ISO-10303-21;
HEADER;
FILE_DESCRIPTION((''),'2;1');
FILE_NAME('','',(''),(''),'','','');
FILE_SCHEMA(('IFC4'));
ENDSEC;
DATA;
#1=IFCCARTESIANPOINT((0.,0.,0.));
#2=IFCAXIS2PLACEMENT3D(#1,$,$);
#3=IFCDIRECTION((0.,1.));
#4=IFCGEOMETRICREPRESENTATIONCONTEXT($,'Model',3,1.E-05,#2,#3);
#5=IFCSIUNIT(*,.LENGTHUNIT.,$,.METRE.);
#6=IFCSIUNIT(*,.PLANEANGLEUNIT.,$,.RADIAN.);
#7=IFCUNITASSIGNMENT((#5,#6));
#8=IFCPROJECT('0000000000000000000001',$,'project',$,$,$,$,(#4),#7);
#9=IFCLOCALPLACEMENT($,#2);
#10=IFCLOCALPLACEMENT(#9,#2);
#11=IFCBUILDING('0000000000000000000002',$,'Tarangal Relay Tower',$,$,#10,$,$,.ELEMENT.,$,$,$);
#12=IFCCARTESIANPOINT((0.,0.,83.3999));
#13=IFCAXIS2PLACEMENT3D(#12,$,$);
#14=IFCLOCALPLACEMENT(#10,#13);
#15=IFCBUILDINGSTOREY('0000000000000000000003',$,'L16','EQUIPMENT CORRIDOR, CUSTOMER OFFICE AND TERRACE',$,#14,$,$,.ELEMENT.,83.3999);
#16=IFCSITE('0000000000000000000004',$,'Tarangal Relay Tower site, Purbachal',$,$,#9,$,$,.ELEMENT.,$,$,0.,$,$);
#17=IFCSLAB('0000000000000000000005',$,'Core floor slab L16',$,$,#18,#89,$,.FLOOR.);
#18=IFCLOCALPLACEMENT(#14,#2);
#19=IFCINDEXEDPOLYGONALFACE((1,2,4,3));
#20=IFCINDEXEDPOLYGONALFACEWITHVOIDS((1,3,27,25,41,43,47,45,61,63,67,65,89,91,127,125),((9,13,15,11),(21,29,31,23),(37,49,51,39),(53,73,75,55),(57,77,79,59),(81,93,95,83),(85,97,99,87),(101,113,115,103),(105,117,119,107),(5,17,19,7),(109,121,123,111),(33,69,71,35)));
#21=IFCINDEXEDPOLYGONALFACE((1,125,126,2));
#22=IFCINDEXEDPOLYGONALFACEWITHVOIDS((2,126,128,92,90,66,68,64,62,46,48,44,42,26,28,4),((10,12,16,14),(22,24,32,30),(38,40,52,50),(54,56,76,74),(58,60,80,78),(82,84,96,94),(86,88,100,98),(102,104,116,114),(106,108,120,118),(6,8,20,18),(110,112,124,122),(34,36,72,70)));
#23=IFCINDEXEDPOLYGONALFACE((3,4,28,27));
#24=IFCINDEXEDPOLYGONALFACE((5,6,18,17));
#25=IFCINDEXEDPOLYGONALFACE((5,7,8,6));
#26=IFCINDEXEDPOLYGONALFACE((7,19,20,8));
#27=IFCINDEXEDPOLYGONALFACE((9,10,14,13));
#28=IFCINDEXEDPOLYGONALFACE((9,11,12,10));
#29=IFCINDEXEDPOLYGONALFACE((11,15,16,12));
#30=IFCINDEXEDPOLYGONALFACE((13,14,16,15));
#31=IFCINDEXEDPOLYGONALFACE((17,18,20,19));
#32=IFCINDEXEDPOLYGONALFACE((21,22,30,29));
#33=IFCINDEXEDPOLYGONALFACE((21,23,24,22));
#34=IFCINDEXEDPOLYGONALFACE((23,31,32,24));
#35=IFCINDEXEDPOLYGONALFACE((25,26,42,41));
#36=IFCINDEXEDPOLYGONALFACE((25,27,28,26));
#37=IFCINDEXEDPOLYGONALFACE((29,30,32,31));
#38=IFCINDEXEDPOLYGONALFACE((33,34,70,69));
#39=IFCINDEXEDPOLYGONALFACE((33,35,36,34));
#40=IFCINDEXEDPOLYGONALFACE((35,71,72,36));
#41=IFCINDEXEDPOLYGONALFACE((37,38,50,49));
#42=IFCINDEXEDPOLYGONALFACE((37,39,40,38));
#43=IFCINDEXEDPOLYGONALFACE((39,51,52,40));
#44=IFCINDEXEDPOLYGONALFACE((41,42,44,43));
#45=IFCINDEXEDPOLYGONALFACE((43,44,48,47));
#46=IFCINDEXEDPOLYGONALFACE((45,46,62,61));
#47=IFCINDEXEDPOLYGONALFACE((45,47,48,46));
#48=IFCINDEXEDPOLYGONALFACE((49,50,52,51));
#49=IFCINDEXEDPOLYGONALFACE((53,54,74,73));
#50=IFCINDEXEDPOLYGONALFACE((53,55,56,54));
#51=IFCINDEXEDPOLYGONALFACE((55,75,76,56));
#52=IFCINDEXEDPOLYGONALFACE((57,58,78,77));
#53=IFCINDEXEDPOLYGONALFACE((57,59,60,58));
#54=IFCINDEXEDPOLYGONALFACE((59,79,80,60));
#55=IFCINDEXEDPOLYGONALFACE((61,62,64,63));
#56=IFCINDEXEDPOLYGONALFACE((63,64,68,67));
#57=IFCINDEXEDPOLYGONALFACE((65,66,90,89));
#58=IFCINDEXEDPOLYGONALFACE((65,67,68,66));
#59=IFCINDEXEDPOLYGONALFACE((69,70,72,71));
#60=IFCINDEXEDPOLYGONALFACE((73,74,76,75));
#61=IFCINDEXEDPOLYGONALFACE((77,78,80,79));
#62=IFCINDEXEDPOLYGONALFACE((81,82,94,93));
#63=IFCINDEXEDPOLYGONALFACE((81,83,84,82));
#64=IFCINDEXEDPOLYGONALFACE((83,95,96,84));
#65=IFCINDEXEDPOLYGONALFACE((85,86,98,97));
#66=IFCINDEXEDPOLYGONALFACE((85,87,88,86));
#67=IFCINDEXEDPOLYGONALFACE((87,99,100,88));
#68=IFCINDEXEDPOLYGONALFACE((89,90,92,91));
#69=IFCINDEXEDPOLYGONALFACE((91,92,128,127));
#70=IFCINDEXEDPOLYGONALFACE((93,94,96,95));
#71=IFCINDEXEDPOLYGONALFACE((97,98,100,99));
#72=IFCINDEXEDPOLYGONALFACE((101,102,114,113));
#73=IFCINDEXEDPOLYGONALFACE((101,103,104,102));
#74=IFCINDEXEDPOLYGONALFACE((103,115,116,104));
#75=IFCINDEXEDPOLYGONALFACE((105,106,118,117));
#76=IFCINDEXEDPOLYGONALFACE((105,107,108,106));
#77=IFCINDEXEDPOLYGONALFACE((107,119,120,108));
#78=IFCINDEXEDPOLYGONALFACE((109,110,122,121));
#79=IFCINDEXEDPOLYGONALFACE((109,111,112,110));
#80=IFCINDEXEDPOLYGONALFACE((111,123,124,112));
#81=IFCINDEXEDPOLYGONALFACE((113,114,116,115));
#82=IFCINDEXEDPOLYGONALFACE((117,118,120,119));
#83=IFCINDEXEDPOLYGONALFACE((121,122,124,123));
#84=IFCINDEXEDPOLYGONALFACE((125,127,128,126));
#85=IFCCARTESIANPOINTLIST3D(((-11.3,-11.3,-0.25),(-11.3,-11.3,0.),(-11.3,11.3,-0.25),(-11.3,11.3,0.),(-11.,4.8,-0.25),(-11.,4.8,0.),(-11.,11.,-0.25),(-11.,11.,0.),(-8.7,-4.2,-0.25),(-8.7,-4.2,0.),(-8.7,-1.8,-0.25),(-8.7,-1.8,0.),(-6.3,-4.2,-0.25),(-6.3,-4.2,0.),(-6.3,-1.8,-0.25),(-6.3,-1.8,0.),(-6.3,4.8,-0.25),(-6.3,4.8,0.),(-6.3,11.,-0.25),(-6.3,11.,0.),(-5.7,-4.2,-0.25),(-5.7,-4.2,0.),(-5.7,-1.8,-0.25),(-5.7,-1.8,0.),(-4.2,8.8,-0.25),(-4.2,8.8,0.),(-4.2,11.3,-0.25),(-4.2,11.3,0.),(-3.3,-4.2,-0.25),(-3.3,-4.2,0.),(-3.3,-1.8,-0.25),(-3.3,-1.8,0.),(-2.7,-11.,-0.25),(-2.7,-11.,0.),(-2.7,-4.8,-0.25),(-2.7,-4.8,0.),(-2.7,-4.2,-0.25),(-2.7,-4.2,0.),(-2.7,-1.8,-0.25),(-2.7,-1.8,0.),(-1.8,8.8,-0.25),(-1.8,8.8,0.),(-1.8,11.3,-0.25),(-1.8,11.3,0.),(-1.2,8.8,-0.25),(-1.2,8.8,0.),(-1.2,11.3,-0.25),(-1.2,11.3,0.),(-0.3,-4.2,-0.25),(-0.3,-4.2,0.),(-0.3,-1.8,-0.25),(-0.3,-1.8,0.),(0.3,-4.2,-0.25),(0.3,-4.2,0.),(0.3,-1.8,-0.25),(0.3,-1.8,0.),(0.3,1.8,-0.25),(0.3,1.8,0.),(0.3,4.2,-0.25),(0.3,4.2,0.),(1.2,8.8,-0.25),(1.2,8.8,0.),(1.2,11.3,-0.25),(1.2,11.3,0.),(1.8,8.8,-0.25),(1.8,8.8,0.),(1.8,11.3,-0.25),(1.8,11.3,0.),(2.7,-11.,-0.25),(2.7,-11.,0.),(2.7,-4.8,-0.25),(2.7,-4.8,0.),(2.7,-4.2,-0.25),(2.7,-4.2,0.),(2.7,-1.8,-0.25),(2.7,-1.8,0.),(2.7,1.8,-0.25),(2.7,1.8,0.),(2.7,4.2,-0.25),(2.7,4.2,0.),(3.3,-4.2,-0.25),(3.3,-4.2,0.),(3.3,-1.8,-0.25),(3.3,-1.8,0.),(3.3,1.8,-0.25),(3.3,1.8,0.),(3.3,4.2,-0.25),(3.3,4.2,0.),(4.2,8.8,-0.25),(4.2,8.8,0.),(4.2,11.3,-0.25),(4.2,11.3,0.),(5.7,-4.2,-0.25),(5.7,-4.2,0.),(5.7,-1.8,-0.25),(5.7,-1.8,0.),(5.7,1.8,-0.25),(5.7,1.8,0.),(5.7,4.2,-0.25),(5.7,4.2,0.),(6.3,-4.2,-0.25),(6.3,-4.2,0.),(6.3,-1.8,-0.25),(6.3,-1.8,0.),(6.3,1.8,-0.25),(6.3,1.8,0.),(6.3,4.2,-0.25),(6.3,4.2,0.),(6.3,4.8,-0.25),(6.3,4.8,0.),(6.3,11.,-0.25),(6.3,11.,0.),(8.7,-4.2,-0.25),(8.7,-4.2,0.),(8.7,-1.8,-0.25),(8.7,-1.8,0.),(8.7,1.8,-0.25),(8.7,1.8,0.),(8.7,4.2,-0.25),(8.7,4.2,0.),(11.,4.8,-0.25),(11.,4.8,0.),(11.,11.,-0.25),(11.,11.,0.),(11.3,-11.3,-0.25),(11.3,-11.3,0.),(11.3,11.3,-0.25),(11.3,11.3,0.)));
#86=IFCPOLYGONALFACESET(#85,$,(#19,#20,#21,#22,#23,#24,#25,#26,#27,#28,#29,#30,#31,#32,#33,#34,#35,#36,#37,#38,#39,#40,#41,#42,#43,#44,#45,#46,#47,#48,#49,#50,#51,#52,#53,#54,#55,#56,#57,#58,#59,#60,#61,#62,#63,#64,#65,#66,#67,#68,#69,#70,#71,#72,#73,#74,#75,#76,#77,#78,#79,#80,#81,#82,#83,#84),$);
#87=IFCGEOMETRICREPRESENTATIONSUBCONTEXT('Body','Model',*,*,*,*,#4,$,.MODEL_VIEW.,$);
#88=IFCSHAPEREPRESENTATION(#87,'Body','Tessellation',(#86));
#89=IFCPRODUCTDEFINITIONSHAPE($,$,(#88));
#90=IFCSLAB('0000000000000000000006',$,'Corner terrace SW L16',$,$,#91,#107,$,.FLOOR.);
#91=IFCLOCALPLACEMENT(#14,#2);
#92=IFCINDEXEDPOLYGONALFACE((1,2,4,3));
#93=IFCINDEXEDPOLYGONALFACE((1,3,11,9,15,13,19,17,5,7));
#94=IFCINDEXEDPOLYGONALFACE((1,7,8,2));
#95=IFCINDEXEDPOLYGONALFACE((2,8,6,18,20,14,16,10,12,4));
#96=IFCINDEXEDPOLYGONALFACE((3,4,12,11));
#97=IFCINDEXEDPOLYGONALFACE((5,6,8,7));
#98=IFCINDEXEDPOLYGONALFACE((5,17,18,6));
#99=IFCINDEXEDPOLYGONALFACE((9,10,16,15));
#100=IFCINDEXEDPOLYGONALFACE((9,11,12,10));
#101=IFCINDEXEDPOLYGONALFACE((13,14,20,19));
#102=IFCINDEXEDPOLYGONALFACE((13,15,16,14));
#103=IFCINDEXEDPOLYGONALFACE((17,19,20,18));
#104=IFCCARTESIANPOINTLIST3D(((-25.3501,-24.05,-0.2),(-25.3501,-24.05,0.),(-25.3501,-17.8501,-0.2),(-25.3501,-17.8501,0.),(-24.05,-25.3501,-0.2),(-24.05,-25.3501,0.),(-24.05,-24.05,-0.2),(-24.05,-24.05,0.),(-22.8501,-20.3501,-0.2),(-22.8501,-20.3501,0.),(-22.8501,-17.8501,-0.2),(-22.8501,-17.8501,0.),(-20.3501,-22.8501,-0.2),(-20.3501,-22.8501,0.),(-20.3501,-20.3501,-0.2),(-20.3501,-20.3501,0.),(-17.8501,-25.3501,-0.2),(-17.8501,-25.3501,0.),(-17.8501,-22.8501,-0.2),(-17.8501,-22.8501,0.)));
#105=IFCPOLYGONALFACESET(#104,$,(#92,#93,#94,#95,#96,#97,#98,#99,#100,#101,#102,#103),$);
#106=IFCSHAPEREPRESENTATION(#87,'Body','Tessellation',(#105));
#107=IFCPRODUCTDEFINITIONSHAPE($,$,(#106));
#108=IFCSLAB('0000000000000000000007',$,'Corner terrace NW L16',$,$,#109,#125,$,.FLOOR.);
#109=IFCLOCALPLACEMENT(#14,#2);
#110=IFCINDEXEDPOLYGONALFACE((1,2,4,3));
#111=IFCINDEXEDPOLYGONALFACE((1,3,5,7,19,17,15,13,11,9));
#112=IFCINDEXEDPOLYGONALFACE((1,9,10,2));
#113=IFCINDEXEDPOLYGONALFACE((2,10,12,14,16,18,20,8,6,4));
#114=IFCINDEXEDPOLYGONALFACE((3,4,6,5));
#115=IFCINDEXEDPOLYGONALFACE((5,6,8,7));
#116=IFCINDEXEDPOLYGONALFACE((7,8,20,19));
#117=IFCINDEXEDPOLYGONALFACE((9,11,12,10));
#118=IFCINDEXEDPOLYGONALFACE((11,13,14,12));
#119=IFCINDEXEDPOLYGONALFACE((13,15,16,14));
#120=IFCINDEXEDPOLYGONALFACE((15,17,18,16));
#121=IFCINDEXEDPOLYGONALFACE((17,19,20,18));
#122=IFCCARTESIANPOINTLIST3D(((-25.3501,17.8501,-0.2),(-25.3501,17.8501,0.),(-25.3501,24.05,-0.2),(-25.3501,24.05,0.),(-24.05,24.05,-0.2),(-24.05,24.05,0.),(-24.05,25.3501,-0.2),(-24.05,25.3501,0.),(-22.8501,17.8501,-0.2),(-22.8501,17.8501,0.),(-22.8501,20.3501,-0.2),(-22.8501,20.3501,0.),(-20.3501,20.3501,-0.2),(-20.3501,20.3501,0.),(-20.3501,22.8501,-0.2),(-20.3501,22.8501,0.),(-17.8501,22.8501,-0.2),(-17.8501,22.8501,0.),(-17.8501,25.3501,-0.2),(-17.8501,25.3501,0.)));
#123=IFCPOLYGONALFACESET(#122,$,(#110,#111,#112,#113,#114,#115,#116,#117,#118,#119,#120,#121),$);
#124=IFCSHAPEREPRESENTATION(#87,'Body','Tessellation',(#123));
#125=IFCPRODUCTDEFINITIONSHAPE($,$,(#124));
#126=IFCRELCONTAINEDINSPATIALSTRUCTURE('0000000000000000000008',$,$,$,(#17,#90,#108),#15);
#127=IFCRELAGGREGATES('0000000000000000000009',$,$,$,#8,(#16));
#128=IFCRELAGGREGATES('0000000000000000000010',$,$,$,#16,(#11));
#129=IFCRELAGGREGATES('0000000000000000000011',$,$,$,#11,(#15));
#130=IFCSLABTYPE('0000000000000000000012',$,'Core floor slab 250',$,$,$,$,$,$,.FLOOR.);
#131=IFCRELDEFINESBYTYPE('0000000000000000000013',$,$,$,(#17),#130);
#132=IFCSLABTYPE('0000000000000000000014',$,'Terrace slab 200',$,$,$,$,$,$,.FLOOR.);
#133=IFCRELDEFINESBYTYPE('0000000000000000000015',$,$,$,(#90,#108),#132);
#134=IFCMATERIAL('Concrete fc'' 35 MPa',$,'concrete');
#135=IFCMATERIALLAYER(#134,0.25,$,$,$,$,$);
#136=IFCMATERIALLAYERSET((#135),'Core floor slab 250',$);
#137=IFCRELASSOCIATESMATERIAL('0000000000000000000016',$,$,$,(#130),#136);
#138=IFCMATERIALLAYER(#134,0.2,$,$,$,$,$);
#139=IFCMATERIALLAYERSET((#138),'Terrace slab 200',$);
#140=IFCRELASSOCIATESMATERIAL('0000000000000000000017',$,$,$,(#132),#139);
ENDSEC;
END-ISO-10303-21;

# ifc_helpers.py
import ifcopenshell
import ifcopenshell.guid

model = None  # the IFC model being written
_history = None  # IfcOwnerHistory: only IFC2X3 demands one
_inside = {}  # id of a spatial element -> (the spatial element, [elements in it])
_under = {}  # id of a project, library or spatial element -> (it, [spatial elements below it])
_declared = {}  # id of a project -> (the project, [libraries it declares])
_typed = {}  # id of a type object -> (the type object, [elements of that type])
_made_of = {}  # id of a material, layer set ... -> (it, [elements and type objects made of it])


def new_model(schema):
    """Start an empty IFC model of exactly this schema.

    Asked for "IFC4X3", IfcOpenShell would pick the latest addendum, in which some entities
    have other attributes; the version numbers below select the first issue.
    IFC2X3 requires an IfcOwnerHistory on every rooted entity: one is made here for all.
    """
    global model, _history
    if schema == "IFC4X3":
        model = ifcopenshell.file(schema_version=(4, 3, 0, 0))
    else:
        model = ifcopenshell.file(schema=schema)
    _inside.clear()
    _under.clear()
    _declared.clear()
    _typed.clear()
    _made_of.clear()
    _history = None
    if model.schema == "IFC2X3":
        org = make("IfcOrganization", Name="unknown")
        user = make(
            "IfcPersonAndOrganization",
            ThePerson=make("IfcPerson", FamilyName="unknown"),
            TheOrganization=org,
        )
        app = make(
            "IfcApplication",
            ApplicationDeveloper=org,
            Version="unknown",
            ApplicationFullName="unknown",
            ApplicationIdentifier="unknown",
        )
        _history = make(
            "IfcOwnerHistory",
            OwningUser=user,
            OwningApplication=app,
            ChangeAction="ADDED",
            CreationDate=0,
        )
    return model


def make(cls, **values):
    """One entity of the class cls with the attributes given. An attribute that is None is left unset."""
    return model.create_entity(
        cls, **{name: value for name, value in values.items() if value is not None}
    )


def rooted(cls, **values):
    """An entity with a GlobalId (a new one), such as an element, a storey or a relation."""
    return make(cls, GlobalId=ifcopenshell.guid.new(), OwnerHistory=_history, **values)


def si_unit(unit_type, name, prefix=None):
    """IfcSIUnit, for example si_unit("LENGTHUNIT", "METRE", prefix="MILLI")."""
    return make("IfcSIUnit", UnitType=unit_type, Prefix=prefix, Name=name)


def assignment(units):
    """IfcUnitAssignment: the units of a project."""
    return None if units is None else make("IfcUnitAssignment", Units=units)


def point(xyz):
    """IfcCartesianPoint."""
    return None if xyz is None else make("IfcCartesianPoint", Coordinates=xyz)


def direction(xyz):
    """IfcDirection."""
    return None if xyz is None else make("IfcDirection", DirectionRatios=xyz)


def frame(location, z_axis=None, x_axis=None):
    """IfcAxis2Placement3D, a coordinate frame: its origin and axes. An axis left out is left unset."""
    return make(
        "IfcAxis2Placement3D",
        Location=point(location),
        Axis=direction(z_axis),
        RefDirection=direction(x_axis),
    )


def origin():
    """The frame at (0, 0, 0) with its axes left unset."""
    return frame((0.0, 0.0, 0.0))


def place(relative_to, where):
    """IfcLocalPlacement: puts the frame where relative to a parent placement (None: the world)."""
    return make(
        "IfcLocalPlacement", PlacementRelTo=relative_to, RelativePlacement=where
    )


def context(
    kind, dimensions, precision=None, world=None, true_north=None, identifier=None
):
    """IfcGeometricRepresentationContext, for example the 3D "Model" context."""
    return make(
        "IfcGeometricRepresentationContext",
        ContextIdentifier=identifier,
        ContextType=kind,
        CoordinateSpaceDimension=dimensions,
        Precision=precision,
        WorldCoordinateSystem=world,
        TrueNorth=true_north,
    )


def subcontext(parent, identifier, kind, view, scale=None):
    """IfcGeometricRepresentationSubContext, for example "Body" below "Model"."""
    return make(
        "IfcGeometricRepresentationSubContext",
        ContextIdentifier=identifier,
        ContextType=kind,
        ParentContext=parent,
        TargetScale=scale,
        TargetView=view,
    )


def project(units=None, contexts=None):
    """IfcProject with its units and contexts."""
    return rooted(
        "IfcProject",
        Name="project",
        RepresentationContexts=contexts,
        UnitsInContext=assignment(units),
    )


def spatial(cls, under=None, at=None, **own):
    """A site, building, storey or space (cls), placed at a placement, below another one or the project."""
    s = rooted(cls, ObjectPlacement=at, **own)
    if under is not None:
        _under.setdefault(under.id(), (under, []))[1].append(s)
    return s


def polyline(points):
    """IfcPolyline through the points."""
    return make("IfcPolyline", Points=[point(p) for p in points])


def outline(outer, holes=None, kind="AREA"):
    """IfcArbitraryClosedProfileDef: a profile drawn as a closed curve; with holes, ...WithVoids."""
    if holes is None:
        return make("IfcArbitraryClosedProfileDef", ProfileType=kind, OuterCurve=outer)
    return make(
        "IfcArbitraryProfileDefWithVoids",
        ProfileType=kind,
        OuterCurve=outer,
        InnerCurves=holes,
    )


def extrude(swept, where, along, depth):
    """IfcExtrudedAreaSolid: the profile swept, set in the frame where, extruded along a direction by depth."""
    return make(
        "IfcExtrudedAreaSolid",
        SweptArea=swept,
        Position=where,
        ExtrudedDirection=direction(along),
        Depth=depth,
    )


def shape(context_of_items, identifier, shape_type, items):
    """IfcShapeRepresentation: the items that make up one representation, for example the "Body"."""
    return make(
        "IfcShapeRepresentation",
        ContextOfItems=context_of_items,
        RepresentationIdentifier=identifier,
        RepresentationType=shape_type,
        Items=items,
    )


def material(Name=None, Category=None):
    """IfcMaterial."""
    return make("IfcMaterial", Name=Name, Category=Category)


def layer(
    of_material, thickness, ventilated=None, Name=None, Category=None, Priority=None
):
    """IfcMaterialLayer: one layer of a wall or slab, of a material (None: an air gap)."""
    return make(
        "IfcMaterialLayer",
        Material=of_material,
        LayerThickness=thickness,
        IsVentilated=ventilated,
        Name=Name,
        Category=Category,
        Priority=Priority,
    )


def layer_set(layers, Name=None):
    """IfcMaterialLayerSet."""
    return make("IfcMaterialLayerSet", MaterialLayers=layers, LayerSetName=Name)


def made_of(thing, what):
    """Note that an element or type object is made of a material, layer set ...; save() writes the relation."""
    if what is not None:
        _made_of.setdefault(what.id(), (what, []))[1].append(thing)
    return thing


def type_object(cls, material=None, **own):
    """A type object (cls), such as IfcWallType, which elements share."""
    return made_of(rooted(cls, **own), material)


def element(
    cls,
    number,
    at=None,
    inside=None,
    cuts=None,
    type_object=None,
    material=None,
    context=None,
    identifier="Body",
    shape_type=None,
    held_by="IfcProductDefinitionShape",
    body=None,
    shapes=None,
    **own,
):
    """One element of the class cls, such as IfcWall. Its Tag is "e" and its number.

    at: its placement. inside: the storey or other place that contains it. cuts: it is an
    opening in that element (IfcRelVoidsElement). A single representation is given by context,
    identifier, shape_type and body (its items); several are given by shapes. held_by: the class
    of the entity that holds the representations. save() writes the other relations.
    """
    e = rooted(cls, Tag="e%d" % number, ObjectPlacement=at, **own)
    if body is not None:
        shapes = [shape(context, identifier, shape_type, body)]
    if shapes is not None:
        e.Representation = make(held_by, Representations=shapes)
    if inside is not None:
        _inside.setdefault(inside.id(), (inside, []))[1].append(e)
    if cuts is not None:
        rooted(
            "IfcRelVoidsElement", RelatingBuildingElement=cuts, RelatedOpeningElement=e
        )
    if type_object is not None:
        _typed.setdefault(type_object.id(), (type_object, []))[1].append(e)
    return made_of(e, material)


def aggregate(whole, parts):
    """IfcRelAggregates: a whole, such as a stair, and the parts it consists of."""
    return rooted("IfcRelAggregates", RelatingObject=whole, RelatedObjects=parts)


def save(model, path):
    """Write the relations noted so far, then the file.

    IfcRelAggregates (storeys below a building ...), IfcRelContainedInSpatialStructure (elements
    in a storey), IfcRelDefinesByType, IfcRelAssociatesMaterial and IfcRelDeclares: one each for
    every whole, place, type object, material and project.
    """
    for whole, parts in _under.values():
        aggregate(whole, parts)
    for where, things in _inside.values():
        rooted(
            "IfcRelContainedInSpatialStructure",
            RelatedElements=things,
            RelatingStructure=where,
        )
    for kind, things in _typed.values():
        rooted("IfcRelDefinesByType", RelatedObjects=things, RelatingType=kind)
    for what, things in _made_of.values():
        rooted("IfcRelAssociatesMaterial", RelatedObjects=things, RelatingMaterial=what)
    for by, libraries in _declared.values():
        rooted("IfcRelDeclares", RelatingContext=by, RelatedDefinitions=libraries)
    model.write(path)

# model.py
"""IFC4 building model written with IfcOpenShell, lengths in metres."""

from ifc_helpers import new_model, si_unit, direction, frame, origin, place, context, subcontext, project, spatial, polyline, outline, extrude, material, layer, layer_set, type_object, element, save


model = new_model("IFC4")

# Units and contexts
model_context = context("Model", 3, precision=1e-05, world=origin(), true_north=direction((0.0, 1.0)))
body_context = subcontext(model_context, "Body", "Model", "MODEL_VIEW")
ifc_project = project(units=[si_unit("LENGTHUNIT", "METRE"), si_unit("PLANEANGLEUNIT", "RADIAN")], contexts=[model_context])

# Site, building, storey
site_placement = place(None, origin())
site = spatial("IfcSite", under=ifc_project, at=site_placement, Name="Tarangal Relay Tower site, Purbachal", CompositionType="ELEMENT", RefElevation=0.0)
building_placement = place(site_placement, origin())
building = spatial("IfcBuilding", under=site, at=building_placement, Name="Tarangal Relay Tower", CompositionType="ELEMENT")
storey_placement = place(building_placement, frame((0.0, 0.0, 83.3999)))
storey = spatial("IfcBuildingStorey", under=building, at=storey_placement, Name="L16", Description="EQUIPMENT CORRIDOR, CUSTOMER OFFICE AND TERRACE", CompositionType="ELEMENT", Elevation=83.3999)

# Slabs
ifc_material_1 = material(Name="Concrete fc' 35 MPa", Category="concrete")
ifc_layer_1 = layer(ifc_material_1, 0.25)
ifc_layer_set_1 = layer_set([ifc_layer_1], Name="Core floor slab 250")
slab_type_1 = type_object("IfcSlabType", Name="Core floor slab 250", PredefinedType="FLOOR", material=ifc_layer_set_1)
slab_1_placement = place(storey_placement, frame((0.0, 0.0, -0.25)))
element("IfcSlab", 1, at=slab_1_placement, inside=storey, type_object=slab_type_1, Name="Core floor slab L16", PredefinedType="FLOOR", context=body_context, shape_type="SweptSolid", body=[
    extrude(outline(polyline([(11.3, 11.3), (11.3, -11.3), (-11.3, -11.3), (-11.3, 11.3), (-4.2, 11.3), (-4.2, 8.8), (-1.8, 8.8), (-1.8, 11.3), (-1.2, 11.3), (-1.2, 8.8), (1.2, 8.8), (1.2, 11.3), (1.8, 11.3), (1.8, 8.8), (4.2, 8.8), (4.2, 11.3), (11.3, 11.3)]), holes=[polyline([(2.7, -4.8), (-2.7, -4.8), (-2.7, -11.0), (2.7, -11.0), (2.7, -4.8)]), polyline([(-6.3, -4.2), (-6.3, -1.8), (-8.7, -1.8), (-8.7, -4.2), (-6.3, -4.2)]), polyline([(-3.3, -4.2), (-3.3, -1.8), (-5.7, -1.8), (-5.7, -4.2), (-3.3, -4.2)]), polyline([(-0.3, -4.2), (-0.3, -1.8), (-2.7, -1.8), (-2.7, -4.2), (-0.3, -4.2)]), polyline([(2.7, 1.8), (2.7, 4.2), (0.3, 4.2), (0.3, 1.8), (2.7, 1.8)]), polyline([(-6.3, 4.8), (-6.3, 11.0), (-11.0, 11.0), (-11.0, 4.8), (-6.3, 4.8)]), polyline([(2.7, -4.2), (2.7, -1.8), (0.3, -1.8), (0.3, -4.2), (2.7, -4.2)]), polyline([(5.7, -4.2), (5.7, -1.8), (3.3, -1.8), (3.3, -4.2), (5.7, -4.2)]), polyline([(8.7, -4.2), (8.7, -1.8), (6.3, -1.8), (6.3, -4.2), (8.7, -4.2)]), polyline([(5.7, 1.8), (5.7, 4.2), (3.3, 4.2), (3.3, 1.8), (5.7, 1.8)]), polyline([(8.7, 1.8), (8.7, 4.2), (6.3, 4.2), (6.3, 1.8), (8.7, 1.8)]), polyline([(11.0, 4.8), (11.0, 11.0), (6.3, 11.0), (6.3, 4.8), (11.0, 4.8)])]), origin(), (0.0, 0.0, 1.0), 0.25),
])
ifc_layer_2 = layer(ifc_material_1, 0.2)
ifc_layer_set_2 = layer_set([ifc_layer_2], Name="Terrace slab 200")
slab_type_2 = type_object("IfcSlabType", Name="Terrace slab 200", PredefinedType="FLOOR", material=ifc_layer_set_2)
slab_2_placement = place(storey_placement, frame((0.0, 0.0, -0.2)))
element("IfcSlab", 2, at=slab_2_placement, inside=storey, type_object=slab_type_2, Name="Corner terrace SW L16", PredefinedType="FLOOR", context=body_context, shape_type="SweptSolid", body=[
    extrude(outline(polyline([(-17.8501, -25.3501), (-17.8501, -22.8501), (-20.3501, -22.8501), (-20.3501, -20.3501), (-22.8501, -20.3501), (-22.8501, -17.8501), (-25.3501, -17.8501), (-25.3501, -24.05), (-24.05, -24.05), (-24.05, -25.3501), (-17.8501, -25.3501)])), origin(), (0.0, 0.0, 1.0), 0.2),
])
slab_3_placement = place(storey_placement, frame((0.0, 0.0, -0.2)))
element("IfcSlab", 3, at=slab_3_placement, inside=storey, type_object=slab_type_2, Name="Corner terrace NW L16", PredefinedType="FLOOR", context=body_context, shape_type="SweptSolid", body=[
    extrude(outline(polyline([(-25.3501, 17.8501), (-22.8501, 17.8501), (-22.8501, 20.3501), (-20.3501, 20.3501), (-20.3501, 22.8501), (-17.8501, 22.8501), (-17.8501, 25.3501), (-24.05, 25.3501), (-24.05, 24.05), (-25.3501, 24.05), (-25.3501, 17.8501)])), origin(), (0.0, 0.0, 1.0), 0.2),
])

save(model, "model.ifc")
